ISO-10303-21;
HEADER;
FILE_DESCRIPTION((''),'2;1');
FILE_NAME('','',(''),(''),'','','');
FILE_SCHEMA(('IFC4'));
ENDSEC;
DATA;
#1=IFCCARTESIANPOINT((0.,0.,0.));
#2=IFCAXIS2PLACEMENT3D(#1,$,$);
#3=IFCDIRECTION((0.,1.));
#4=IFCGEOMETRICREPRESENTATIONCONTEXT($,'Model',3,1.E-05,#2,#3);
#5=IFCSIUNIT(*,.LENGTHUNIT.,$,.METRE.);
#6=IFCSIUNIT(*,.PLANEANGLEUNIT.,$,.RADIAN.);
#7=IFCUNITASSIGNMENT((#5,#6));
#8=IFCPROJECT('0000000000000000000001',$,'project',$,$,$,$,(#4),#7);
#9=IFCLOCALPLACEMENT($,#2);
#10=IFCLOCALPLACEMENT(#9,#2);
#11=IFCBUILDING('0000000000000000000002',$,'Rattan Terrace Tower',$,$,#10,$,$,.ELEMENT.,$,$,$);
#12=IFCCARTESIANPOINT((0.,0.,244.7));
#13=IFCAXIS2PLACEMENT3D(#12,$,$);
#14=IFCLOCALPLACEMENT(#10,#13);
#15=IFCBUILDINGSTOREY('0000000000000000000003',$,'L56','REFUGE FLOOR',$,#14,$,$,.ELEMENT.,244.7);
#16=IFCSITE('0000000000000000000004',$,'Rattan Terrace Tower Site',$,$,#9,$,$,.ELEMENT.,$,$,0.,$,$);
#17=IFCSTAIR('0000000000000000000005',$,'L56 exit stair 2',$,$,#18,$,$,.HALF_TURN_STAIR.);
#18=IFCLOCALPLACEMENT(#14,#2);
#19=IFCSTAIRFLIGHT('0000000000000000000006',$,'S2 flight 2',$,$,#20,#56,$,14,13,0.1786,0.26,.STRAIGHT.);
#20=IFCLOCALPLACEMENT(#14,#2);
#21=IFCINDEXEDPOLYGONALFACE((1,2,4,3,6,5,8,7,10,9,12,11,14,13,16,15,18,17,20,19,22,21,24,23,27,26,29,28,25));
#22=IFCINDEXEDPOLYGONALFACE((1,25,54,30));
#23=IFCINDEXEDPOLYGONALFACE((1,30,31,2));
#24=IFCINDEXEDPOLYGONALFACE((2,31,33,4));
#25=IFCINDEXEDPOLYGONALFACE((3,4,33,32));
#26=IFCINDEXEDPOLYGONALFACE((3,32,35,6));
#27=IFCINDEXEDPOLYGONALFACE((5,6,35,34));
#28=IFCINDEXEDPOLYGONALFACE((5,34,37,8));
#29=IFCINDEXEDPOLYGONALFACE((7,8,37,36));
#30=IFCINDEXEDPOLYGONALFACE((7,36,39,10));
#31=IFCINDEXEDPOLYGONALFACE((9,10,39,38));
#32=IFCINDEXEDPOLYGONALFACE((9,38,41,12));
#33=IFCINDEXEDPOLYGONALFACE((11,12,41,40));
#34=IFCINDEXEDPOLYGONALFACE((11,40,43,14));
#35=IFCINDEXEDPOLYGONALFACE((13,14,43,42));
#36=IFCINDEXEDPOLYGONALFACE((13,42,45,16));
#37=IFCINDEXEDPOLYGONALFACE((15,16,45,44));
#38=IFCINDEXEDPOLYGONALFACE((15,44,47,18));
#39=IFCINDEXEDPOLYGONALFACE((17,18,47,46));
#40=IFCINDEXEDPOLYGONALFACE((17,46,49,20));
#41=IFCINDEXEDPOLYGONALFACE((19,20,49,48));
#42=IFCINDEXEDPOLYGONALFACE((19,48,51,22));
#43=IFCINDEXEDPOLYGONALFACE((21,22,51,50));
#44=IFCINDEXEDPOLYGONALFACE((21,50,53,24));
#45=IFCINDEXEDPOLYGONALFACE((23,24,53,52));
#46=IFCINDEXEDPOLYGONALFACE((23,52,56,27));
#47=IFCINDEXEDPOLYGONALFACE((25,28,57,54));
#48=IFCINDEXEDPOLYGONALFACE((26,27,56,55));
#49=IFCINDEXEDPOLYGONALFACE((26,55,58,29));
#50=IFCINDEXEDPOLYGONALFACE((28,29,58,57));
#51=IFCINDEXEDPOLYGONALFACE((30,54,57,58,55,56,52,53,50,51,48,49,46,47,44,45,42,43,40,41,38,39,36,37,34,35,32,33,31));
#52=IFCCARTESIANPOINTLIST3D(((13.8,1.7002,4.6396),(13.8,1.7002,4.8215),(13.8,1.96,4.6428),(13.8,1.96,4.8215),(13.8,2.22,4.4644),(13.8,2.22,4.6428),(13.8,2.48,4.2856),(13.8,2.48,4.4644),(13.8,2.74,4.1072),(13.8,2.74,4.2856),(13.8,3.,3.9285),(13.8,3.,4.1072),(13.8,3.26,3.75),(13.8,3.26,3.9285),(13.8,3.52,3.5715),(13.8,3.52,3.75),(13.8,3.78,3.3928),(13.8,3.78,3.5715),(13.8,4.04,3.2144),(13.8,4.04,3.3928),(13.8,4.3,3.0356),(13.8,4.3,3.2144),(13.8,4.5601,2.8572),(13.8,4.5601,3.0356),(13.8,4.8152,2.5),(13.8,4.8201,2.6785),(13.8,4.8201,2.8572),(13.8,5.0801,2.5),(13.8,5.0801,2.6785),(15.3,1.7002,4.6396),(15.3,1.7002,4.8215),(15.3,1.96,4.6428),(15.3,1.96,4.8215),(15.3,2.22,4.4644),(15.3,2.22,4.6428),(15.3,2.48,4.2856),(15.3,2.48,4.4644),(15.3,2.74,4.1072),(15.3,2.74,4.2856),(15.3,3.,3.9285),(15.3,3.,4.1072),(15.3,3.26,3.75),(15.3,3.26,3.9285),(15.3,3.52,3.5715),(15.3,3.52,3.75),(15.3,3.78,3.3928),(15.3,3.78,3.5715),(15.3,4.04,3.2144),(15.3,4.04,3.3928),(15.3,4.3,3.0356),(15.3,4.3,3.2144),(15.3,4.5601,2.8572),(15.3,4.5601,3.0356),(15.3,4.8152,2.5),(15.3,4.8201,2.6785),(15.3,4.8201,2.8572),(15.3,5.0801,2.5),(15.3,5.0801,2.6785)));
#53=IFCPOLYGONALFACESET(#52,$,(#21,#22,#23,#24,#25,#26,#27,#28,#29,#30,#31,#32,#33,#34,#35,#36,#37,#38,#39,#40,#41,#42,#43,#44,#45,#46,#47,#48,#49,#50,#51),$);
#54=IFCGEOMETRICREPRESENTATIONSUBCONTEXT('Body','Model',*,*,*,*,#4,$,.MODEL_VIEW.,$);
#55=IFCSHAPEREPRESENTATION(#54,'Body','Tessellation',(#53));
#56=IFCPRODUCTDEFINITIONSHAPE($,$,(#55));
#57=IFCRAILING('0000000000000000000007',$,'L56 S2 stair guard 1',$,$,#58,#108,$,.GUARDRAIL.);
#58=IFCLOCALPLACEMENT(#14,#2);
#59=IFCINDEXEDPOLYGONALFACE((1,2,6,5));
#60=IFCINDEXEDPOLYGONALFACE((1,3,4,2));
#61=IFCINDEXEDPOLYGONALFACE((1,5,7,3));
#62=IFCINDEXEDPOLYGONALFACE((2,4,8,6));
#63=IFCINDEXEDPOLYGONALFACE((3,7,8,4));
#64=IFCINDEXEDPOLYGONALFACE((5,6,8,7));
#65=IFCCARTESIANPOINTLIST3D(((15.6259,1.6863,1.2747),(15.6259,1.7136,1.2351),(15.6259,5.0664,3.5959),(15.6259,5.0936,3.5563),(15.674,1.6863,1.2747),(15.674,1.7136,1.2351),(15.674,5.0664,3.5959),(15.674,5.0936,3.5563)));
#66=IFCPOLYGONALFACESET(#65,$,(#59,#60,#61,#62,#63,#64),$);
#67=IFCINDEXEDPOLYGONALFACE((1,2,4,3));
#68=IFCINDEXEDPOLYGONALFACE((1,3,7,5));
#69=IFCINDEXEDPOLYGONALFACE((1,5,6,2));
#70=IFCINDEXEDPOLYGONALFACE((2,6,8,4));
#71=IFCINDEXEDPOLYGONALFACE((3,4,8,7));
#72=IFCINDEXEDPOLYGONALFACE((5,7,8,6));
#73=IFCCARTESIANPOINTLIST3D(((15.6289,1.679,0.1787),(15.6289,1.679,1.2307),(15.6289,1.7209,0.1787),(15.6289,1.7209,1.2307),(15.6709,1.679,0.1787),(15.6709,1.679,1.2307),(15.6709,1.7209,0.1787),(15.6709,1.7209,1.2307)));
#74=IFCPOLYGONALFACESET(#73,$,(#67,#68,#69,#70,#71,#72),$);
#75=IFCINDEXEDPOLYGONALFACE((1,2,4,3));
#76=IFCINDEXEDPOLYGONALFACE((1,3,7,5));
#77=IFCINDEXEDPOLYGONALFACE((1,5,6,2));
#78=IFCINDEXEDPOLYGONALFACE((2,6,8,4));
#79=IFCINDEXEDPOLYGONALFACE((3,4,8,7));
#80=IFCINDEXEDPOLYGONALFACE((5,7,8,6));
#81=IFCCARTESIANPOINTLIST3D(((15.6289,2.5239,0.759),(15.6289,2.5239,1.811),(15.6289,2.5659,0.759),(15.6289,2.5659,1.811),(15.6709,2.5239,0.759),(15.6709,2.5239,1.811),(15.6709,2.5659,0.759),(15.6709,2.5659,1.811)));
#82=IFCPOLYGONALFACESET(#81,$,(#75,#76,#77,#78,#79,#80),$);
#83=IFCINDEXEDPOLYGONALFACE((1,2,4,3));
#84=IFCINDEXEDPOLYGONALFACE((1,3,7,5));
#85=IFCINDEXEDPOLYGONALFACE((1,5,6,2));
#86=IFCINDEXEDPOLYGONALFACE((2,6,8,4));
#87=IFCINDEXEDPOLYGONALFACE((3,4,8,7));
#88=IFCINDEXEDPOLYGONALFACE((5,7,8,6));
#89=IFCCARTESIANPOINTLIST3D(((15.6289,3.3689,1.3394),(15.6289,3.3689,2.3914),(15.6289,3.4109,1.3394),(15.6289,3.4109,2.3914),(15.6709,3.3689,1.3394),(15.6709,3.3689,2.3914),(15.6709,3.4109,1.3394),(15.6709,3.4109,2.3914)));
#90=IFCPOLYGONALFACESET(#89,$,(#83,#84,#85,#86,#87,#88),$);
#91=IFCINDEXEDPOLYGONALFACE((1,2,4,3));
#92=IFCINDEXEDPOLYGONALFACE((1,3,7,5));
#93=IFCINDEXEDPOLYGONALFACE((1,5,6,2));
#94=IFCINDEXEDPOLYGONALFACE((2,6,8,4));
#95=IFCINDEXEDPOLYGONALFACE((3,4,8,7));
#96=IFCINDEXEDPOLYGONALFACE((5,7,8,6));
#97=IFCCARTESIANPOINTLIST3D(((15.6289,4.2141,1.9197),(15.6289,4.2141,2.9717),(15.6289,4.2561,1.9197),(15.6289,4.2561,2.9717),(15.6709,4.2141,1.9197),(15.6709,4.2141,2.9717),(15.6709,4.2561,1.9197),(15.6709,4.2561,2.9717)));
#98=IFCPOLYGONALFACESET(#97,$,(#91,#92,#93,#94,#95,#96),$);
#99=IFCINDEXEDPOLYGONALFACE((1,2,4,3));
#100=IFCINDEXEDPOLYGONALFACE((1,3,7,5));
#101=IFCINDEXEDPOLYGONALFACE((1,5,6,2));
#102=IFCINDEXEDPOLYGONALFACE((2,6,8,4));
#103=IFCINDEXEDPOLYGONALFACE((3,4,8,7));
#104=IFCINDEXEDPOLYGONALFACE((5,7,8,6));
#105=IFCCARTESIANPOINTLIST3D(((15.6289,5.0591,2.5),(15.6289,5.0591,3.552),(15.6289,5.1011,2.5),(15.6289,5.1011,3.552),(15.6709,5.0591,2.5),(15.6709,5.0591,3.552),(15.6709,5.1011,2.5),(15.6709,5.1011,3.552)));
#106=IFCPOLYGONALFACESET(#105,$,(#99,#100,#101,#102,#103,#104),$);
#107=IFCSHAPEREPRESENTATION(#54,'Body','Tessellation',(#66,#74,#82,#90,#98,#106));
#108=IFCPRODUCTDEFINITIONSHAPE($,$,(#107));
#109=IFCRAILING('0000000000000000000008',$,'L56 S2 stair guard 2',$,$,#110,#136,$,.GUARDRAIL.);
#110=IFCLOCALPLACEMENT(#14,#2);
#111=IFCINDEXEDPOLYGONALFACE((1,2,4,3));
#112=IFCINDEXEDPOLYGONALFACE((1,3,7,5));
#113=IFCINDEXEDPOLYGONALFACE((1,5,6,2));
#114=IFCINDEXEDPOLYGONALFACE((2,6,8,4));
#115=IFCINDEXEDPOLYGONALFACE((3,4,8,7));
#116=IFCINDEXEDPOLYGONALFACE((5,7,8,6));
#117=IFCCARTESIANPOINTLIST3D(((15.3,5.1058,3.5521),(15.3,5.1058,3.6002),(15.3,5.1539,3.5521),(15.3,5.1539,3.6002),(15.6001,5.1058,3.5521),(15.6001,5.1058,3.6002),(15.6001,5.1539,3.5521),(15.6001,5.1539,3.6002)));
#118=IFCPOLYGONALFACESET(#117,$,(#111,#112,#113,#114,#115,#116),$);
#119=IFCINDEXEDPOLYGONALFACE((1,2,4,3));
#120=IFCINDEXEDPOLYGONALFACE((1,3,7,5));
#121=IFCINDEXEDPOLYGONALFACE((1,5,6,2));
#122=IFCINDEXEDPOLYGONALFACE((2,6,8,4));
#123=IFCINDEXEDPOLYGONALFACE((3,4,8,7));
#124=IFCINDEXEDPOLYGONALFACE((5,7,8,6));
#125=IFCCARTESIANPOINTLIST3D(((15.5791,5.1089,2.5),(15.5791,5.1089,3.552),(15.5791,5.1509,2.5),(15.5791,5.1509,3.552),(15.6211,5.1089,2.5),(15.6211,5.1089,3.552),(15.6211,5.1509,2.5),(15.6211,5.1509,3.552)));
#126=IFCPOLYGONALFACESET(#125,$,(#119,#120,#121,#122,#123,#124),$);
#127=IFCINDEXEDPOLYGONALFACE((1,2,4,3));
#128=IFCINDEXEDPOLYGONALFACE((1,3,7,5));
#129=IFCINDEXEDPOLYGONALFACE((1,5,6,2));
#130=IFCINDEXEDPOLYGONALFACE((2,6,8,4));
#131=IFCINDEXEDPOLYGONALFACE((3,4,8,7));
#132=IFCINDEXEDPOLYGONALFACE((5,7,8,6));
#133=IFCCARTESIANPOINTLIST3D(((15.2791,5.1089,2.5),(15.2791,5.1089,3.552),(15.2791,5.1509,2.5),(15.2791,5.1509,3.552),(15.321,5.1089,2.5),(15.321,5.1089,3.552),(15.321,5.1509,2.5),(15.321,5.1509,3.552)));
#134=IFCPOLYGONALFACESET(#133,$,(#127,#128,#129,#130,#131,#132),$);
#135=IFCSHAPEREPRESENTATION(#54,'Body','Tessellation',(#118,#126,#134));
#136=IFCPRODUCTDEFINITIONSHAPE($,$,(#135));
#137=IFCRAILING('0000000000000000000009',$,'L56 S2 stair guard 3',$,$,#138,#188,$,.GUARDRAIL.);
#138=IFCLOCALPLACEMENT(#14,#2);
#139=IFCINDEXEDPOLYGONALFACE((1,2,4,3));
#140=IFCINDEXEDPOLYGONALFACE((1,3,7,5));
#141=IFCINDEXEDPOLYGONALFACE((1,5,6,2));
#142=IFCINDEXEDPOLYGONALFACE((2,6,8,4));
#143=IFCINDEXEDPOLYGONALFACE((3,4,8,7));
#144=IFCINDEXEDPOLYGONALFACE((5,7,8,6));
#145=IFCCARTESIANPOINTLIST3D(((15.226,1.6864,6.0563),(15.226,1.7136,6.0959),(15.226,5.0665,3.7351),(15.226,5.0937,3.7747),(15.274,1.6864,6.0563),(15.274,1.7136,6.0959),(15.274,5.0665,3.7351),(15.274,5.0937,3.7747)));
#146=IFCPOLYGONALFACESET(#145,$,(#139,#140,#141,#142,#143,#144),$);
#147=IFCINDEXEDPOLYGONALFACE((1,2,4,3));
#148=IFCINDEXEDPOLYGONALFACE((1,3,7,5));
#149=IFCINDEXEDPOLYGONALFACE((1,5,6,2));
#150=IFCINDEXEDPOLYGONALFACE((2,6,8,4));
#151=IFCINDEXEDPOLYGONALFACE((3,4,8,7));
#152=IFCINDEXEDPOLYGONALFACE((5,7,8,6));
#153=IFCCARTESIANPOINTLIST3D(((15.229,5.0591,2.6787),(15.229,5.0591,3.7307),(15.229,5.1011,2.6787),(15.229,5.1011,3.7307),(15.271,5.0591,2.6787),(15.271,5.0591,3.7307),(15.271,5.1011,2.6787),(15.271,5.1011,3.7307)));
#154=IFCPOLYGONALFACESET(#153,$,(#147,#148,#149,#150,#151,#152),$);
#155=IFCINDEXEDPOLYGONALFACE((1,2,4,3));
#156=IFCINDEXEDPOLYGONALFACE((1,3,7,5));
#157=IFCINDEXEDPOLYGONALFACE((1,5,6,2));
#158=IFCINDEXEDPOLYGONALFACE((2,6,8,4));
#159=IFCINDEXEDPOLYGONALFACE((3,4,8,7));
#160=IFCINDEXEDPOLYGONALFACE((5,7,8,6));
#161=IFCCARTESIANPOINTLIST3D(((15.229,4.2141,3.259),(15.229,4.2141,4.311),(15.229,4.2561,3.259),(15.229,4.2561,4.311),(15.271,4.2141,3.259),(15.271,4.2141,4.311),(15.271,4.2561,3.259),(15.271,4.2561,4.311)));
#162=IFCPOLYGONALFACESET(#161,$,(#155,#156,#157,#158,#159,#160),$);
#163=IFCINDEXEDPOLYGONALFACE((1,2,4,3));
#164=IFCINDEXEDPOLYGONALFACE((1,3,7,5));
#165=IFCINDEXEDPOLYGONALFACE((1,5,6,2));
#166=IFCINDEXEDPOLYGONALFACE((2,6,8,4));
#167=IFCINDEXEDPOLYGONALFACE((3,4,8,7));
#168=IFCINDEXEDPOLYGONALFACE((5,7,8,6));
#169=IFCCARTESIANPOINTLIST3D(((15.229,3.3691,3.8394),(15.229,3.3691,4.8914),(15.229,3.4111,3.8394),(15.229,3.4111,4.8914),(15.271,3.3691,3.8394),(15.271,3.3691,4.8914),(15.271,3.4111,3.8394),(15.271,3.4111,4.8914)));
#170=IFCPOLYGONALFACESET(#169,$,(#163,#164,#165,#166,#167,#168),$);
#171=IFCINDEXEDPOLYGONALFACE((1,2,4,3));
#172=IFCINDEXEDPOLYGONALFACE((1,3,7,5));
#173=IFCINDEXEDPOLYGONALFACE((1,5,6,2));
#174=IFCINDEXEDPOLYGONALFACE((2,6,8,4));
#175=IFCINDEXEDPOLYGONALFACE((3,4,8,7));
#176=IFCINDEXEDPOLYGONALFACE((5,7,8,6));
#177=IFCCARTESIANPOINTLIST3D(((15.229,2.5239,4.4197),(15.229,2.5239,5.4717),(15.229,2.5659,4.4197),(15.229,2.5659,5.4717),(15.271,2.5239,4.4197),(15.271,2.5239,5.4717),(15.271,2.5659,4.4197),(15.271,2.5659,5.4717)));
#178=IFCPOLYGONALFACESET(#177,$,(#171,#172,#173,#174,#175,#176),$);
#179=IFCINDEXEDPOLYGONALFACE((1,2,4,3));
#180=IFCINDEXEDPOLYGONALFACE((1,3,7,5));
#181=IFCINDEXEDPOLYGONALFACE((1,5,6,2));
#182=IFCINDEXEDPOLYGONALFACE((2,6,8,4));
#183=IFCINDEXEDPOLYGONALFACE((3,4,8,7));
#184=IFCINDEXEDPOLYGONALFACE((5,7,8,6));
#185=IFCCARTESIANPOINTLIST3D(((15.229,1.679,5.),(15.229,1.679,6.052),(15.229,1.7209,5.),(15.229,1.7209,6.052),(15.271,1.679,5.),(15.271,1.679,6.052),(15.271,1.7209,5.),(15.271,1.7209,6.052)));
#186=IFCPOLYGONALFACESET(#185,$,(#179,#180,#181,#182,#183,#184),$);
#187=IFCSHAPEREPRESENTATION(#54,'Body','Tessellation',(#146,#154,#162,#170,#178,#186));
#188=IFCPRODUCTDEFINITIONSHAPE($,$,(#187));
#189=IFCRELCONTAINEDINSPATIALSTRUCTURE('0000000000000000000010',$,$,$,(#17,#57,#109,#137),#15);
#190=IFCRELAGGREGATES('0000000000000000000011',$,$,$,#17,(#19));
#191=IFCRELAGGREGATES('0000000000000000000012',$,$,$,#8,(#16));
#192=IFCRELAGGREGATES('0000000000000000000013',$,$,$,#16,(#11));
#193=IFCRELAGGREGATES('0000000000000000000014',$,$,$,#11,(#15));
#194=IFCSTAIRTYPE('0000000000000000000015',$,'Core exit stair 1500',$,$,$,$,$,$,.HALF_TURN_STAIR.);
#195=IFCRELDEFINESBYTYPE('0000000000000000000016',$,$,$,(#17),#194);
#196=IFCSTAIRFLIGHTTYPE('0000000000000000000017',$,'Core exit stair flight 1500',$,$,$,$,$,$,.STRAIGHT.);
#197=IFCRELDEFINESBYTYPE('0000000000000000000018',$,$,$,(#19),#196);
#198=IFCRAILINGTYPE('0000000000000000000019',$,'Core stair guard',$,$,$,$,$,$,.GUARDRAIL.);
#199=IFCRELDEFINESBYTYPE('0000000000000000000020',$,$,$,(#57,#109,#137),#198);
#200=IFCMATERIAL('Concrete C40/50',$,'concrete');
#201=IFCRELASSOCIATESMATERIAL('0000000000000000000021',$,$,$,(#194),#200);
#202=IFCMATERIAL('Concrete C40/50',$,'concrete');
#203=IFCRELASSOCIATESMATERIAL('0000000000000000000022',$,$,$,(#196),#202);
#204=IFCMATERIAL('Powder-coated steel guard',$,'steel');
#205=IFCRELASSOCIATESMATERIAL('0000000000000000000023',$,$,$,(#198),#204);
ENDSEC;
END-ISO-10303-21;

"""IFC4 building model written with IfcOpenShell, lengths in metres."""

from ifc_helpers import new_model, si_unit, direction, frame, origin, origin_2d, place, context, subcontext, project, spatial, polyline, rectangle, outline, extrude, material, type_object, element, aggregate, save


model = new_model("IFC4")

# Units and contexts
model_context = context("Model", 3, precision=1e-05, world=origin(), true_north=direction((0.0, 1.0)))
body_context = subcontext(model_context, "Body", "Model", "MODEL_VIEW")
ifc_project = project(units=[si_unit("LENGTHUNIT", "METRE"), si_unit("PLANEANGLEUNIT", "RADIAN")], contexts=[model_context])

# Site, building, storey
site_placement = place(None, origin())
site = spatial("IfcSite", under=ifc_project, at=site_placement, Name="Rattan Terrace Tower Site", CompositionType="ELEMENT", RefElevation=0.0)
building_placement = place(site_placement, origin())
building = spatial("IfcBuilding", under=site, at=building_placement, Name="Rattan Terrace Tower", CompositionType="ELEMENT")
storey_placement = place(building_placement, frame((0.0, 0.0, 244.7)))
storey = spatial("IfcBuildingStorey", under=building, at=storey_placement, Name="L56", Description="REFUGE FLOOR", CompositionType="ELEMENT", Elevation=244.7)

# Stair, stair flight
ifc_material_1 = material(Name="Concrete C40/50", Category="concrete")
stair_type = type_object("IfcStairType", Name="Core exit stair 1500", PredefinedType="HALF_TURN_STAIR", material=ifc_material_1)
stair_placement = place(storey_placement, origin())
stair = element("IfcStair", 1, at=stair_placement, inside=storey, type_object=stair_type, Name="L56 exit stair 2", PredefinedType="HALF_TURN_STAIR")
ifc_material_2 = material(Name="Concrete C40/50", Category="concrete")
stair_flight_type = type_object("IfcStairFlightType", Name="Core exit stair flight 1500", PredefinedType="STRAIGHT", material=ifc_material_2)
stair_flight_1_placement = place(storey_placement, frame((14.55, 5.0801, 2.5), z_axis=(0.0, 0.0, 1.0), x_axis=(0.0, -1.0, 0.0)))
stair_flight_1 = element("IfcStairFlight", 2, at=stair_flight_1_placement, type_object=stair_flight_type, Name="S2 flight 2", NumberOfRisers=14, NumberOfTreads=13, PredefinedType="STRAIGHT", RiserHeight=0.1786, TreadLength=0.26, context=body_context, shape_type="SweptSolid", body=[
    extrude(outline(polyline([(0.0, 0.0), (0.0, 0.1785), (0.26, 0.1785), (0.26, 0.3572), (0.52, 0.3572), (0.52, 0.5356), (0.78, 0.5356), (0.78, 0.7144), (1.04, 0.7144), (1.04, 0.8928), (1.3, 0.8928), (1.3, 1.0715), (1.5601, 1.0715), (1.5601, 1.25), (1.8201, 1.25), (1.8201, 1.4285), (2.0801, 1.4285), (2.0801, 1.6072), (2.3401, 1.6072), (2.3401, 1.7856), (2.6001, 1.7856), (2.6001, 1.9644), (2.8601, 1.9644), (2.8601, 2.1428), (3.1201, 2.1428), (3.1201, 2.3215), (3.3799, 2.3215), (3.3799, 2.5), (3.3799, 2.1396), (0.2649, 0.0), (0.0, 0.0)])), frame((0.0, 0.75, 0.0), z_axis=(0.0, -1.0, 0.0), x_axis=(1.0, 0.0, 0.0)), (0.0, 0.0, 1.0), 1.5),
])
aggregate(stair, [stair_flight_1])

# Railings
ifc_material_3 = material(Name="Powder-coated steel guard", Category="steel")
railing_type_1 = type_object("IfcRailingType", Name="Core stair guard", PredefinedType="GUARDRAIL", material=ifc_material_3)
railing_1_placement = place(storey_placement, frame((15.6499, 1.7, 0.1787)))
element("IfcRailing", 3, at=railing_1_placement, inside=storey, type_object=railing_type_1, Name="L56 S2 stair guard 1", PredefinedType="GUARDRAIL", context=body_context, shape_type="SweptSolid", body=[
    extrude(rectangle(XDim=0.0481, YDim=0.0481, at=origin_2d()), frame((0.0, 0.0, 1.0762), z_axis=(0.0, 0.824332, 0.566107), x_axis=(-1.0, 0.0, 0.0)), (0.0, 0.0, 1.0), 4.1003),
    extrude(rectangle(XDim=0.042, YDim=0.042, at=origin_2d()), origin(), (0.0, 0.0, 1.0), 1.052),
    extrude(rectangle(XDim=0.042, YDim=0.042, at=origin_2d()), frame((0.0, 0.845, 0.5803)), (0.0, 0.0, 1.0), 1.052),
    extrude(rectangle(XDim=0.042, YDim=0.042, at=origin_2d()), frame((0.0, 1.6899, 1.1606)), (0.0, 0.0, 1.0), 1.052),
    extrude(rectangle(XDim=0.042, YDim=0.042, at=origin_2d()), frame((0.0, 2.5352, 1.741)), (0.0, 0.0, 1.0), 1.052),
    extrude(rectangle(XDim=0.042, YDim=0.042, at=origin_2d()), frame((0.0, 3.3801, 2.3213)), (0.0, 0.0, 1.0), 1.052),
])
railing_2_placement = place(storey_placement, frame((15.6001, 5.1299, 2.5)))
element("IfcRailing", 4, at=railing_2_placement, inside=storey, type_object=railing_type_1, Name="L56 S2 stair guard 2", PredefinedType="GUARDRAIL", context=body_context, shape_type="SweptSolid", body=[
    extrude(rectangle(XDim=0.0481, YDim=0.0481, at=origin_2d()), frame((0.0, 0.0, 1.0762), z_axis=(-1.0, 0.0, 0.0), x_axis=(0.0, -1.0, 0.0)), (0.0, 0.0, 1.0), 0.3),
    extrude(rectangle(XDim=0.042, YDim=0.042, at=origin_2d()), origin(), (0.0, 0.0, 1.0), 1.052),
    extrude(rectangle(XDim=0.042, YDim=0.042, at=origin_2d()), frame((-0.3, 0.0, 0.0)), (0.0, 0.0, 1.0), 1.052),
])
railing_3_placement = place(storey_placement, frame((15.25, 5.0801, 2.6787)))
element("IfcRailing", 5, at=railing_3_placement, inside=storey, type_object=railing_type_1, Name="L56 S2 stair guard 3", PredefinedType="GUARDRAIL", context=body_context, shape_type="SweptSolid", body=[
    extrude(rectangle(XDim=0.0481, YDim=0.0481, at=origin_2d()), frame((0.0, 0.0, 1.0762), z_axis=(0.0, -0.824332, 0.566107), x_axis=(1.0, 0.0, 0.0)), (0.0, 0.0, 1.0), 4.1003),
    extrude(rectangle(XDim=0.042, YDim=0.042, at=origin_2d()), origin(), (0.0, 0.0, 1.0), 1.052),
    extrude(rectangle(XDim=0.042, YDim=0.042, at=origin_2d()), frame((0.0, -0.845, 0.5803)), (0.0, 0.0, 1.0), 1.052),
    extrude(rectangle(XDim=0.042, YDim=0.042, at=origin_2d()), frame((0.0, -1.6899, 1.1606)), (0.0, 0.0, 1.0), 1.052),
    extrude(rectangle(XDim=0.042, YDim=0.042, at=origin_2d()), frame((0.0, -2.5352, 1.741)), (0.0, 0.0, 1.0), 1.052),
    extrude(rectangle(XDim=0.042, YDim=0.042, at=origin_2d()), frame((0.0, -3.3801, 2.3213)), (0.0, 0.0, 1.0), 1.052),
])

save(model, "model.ifc")
